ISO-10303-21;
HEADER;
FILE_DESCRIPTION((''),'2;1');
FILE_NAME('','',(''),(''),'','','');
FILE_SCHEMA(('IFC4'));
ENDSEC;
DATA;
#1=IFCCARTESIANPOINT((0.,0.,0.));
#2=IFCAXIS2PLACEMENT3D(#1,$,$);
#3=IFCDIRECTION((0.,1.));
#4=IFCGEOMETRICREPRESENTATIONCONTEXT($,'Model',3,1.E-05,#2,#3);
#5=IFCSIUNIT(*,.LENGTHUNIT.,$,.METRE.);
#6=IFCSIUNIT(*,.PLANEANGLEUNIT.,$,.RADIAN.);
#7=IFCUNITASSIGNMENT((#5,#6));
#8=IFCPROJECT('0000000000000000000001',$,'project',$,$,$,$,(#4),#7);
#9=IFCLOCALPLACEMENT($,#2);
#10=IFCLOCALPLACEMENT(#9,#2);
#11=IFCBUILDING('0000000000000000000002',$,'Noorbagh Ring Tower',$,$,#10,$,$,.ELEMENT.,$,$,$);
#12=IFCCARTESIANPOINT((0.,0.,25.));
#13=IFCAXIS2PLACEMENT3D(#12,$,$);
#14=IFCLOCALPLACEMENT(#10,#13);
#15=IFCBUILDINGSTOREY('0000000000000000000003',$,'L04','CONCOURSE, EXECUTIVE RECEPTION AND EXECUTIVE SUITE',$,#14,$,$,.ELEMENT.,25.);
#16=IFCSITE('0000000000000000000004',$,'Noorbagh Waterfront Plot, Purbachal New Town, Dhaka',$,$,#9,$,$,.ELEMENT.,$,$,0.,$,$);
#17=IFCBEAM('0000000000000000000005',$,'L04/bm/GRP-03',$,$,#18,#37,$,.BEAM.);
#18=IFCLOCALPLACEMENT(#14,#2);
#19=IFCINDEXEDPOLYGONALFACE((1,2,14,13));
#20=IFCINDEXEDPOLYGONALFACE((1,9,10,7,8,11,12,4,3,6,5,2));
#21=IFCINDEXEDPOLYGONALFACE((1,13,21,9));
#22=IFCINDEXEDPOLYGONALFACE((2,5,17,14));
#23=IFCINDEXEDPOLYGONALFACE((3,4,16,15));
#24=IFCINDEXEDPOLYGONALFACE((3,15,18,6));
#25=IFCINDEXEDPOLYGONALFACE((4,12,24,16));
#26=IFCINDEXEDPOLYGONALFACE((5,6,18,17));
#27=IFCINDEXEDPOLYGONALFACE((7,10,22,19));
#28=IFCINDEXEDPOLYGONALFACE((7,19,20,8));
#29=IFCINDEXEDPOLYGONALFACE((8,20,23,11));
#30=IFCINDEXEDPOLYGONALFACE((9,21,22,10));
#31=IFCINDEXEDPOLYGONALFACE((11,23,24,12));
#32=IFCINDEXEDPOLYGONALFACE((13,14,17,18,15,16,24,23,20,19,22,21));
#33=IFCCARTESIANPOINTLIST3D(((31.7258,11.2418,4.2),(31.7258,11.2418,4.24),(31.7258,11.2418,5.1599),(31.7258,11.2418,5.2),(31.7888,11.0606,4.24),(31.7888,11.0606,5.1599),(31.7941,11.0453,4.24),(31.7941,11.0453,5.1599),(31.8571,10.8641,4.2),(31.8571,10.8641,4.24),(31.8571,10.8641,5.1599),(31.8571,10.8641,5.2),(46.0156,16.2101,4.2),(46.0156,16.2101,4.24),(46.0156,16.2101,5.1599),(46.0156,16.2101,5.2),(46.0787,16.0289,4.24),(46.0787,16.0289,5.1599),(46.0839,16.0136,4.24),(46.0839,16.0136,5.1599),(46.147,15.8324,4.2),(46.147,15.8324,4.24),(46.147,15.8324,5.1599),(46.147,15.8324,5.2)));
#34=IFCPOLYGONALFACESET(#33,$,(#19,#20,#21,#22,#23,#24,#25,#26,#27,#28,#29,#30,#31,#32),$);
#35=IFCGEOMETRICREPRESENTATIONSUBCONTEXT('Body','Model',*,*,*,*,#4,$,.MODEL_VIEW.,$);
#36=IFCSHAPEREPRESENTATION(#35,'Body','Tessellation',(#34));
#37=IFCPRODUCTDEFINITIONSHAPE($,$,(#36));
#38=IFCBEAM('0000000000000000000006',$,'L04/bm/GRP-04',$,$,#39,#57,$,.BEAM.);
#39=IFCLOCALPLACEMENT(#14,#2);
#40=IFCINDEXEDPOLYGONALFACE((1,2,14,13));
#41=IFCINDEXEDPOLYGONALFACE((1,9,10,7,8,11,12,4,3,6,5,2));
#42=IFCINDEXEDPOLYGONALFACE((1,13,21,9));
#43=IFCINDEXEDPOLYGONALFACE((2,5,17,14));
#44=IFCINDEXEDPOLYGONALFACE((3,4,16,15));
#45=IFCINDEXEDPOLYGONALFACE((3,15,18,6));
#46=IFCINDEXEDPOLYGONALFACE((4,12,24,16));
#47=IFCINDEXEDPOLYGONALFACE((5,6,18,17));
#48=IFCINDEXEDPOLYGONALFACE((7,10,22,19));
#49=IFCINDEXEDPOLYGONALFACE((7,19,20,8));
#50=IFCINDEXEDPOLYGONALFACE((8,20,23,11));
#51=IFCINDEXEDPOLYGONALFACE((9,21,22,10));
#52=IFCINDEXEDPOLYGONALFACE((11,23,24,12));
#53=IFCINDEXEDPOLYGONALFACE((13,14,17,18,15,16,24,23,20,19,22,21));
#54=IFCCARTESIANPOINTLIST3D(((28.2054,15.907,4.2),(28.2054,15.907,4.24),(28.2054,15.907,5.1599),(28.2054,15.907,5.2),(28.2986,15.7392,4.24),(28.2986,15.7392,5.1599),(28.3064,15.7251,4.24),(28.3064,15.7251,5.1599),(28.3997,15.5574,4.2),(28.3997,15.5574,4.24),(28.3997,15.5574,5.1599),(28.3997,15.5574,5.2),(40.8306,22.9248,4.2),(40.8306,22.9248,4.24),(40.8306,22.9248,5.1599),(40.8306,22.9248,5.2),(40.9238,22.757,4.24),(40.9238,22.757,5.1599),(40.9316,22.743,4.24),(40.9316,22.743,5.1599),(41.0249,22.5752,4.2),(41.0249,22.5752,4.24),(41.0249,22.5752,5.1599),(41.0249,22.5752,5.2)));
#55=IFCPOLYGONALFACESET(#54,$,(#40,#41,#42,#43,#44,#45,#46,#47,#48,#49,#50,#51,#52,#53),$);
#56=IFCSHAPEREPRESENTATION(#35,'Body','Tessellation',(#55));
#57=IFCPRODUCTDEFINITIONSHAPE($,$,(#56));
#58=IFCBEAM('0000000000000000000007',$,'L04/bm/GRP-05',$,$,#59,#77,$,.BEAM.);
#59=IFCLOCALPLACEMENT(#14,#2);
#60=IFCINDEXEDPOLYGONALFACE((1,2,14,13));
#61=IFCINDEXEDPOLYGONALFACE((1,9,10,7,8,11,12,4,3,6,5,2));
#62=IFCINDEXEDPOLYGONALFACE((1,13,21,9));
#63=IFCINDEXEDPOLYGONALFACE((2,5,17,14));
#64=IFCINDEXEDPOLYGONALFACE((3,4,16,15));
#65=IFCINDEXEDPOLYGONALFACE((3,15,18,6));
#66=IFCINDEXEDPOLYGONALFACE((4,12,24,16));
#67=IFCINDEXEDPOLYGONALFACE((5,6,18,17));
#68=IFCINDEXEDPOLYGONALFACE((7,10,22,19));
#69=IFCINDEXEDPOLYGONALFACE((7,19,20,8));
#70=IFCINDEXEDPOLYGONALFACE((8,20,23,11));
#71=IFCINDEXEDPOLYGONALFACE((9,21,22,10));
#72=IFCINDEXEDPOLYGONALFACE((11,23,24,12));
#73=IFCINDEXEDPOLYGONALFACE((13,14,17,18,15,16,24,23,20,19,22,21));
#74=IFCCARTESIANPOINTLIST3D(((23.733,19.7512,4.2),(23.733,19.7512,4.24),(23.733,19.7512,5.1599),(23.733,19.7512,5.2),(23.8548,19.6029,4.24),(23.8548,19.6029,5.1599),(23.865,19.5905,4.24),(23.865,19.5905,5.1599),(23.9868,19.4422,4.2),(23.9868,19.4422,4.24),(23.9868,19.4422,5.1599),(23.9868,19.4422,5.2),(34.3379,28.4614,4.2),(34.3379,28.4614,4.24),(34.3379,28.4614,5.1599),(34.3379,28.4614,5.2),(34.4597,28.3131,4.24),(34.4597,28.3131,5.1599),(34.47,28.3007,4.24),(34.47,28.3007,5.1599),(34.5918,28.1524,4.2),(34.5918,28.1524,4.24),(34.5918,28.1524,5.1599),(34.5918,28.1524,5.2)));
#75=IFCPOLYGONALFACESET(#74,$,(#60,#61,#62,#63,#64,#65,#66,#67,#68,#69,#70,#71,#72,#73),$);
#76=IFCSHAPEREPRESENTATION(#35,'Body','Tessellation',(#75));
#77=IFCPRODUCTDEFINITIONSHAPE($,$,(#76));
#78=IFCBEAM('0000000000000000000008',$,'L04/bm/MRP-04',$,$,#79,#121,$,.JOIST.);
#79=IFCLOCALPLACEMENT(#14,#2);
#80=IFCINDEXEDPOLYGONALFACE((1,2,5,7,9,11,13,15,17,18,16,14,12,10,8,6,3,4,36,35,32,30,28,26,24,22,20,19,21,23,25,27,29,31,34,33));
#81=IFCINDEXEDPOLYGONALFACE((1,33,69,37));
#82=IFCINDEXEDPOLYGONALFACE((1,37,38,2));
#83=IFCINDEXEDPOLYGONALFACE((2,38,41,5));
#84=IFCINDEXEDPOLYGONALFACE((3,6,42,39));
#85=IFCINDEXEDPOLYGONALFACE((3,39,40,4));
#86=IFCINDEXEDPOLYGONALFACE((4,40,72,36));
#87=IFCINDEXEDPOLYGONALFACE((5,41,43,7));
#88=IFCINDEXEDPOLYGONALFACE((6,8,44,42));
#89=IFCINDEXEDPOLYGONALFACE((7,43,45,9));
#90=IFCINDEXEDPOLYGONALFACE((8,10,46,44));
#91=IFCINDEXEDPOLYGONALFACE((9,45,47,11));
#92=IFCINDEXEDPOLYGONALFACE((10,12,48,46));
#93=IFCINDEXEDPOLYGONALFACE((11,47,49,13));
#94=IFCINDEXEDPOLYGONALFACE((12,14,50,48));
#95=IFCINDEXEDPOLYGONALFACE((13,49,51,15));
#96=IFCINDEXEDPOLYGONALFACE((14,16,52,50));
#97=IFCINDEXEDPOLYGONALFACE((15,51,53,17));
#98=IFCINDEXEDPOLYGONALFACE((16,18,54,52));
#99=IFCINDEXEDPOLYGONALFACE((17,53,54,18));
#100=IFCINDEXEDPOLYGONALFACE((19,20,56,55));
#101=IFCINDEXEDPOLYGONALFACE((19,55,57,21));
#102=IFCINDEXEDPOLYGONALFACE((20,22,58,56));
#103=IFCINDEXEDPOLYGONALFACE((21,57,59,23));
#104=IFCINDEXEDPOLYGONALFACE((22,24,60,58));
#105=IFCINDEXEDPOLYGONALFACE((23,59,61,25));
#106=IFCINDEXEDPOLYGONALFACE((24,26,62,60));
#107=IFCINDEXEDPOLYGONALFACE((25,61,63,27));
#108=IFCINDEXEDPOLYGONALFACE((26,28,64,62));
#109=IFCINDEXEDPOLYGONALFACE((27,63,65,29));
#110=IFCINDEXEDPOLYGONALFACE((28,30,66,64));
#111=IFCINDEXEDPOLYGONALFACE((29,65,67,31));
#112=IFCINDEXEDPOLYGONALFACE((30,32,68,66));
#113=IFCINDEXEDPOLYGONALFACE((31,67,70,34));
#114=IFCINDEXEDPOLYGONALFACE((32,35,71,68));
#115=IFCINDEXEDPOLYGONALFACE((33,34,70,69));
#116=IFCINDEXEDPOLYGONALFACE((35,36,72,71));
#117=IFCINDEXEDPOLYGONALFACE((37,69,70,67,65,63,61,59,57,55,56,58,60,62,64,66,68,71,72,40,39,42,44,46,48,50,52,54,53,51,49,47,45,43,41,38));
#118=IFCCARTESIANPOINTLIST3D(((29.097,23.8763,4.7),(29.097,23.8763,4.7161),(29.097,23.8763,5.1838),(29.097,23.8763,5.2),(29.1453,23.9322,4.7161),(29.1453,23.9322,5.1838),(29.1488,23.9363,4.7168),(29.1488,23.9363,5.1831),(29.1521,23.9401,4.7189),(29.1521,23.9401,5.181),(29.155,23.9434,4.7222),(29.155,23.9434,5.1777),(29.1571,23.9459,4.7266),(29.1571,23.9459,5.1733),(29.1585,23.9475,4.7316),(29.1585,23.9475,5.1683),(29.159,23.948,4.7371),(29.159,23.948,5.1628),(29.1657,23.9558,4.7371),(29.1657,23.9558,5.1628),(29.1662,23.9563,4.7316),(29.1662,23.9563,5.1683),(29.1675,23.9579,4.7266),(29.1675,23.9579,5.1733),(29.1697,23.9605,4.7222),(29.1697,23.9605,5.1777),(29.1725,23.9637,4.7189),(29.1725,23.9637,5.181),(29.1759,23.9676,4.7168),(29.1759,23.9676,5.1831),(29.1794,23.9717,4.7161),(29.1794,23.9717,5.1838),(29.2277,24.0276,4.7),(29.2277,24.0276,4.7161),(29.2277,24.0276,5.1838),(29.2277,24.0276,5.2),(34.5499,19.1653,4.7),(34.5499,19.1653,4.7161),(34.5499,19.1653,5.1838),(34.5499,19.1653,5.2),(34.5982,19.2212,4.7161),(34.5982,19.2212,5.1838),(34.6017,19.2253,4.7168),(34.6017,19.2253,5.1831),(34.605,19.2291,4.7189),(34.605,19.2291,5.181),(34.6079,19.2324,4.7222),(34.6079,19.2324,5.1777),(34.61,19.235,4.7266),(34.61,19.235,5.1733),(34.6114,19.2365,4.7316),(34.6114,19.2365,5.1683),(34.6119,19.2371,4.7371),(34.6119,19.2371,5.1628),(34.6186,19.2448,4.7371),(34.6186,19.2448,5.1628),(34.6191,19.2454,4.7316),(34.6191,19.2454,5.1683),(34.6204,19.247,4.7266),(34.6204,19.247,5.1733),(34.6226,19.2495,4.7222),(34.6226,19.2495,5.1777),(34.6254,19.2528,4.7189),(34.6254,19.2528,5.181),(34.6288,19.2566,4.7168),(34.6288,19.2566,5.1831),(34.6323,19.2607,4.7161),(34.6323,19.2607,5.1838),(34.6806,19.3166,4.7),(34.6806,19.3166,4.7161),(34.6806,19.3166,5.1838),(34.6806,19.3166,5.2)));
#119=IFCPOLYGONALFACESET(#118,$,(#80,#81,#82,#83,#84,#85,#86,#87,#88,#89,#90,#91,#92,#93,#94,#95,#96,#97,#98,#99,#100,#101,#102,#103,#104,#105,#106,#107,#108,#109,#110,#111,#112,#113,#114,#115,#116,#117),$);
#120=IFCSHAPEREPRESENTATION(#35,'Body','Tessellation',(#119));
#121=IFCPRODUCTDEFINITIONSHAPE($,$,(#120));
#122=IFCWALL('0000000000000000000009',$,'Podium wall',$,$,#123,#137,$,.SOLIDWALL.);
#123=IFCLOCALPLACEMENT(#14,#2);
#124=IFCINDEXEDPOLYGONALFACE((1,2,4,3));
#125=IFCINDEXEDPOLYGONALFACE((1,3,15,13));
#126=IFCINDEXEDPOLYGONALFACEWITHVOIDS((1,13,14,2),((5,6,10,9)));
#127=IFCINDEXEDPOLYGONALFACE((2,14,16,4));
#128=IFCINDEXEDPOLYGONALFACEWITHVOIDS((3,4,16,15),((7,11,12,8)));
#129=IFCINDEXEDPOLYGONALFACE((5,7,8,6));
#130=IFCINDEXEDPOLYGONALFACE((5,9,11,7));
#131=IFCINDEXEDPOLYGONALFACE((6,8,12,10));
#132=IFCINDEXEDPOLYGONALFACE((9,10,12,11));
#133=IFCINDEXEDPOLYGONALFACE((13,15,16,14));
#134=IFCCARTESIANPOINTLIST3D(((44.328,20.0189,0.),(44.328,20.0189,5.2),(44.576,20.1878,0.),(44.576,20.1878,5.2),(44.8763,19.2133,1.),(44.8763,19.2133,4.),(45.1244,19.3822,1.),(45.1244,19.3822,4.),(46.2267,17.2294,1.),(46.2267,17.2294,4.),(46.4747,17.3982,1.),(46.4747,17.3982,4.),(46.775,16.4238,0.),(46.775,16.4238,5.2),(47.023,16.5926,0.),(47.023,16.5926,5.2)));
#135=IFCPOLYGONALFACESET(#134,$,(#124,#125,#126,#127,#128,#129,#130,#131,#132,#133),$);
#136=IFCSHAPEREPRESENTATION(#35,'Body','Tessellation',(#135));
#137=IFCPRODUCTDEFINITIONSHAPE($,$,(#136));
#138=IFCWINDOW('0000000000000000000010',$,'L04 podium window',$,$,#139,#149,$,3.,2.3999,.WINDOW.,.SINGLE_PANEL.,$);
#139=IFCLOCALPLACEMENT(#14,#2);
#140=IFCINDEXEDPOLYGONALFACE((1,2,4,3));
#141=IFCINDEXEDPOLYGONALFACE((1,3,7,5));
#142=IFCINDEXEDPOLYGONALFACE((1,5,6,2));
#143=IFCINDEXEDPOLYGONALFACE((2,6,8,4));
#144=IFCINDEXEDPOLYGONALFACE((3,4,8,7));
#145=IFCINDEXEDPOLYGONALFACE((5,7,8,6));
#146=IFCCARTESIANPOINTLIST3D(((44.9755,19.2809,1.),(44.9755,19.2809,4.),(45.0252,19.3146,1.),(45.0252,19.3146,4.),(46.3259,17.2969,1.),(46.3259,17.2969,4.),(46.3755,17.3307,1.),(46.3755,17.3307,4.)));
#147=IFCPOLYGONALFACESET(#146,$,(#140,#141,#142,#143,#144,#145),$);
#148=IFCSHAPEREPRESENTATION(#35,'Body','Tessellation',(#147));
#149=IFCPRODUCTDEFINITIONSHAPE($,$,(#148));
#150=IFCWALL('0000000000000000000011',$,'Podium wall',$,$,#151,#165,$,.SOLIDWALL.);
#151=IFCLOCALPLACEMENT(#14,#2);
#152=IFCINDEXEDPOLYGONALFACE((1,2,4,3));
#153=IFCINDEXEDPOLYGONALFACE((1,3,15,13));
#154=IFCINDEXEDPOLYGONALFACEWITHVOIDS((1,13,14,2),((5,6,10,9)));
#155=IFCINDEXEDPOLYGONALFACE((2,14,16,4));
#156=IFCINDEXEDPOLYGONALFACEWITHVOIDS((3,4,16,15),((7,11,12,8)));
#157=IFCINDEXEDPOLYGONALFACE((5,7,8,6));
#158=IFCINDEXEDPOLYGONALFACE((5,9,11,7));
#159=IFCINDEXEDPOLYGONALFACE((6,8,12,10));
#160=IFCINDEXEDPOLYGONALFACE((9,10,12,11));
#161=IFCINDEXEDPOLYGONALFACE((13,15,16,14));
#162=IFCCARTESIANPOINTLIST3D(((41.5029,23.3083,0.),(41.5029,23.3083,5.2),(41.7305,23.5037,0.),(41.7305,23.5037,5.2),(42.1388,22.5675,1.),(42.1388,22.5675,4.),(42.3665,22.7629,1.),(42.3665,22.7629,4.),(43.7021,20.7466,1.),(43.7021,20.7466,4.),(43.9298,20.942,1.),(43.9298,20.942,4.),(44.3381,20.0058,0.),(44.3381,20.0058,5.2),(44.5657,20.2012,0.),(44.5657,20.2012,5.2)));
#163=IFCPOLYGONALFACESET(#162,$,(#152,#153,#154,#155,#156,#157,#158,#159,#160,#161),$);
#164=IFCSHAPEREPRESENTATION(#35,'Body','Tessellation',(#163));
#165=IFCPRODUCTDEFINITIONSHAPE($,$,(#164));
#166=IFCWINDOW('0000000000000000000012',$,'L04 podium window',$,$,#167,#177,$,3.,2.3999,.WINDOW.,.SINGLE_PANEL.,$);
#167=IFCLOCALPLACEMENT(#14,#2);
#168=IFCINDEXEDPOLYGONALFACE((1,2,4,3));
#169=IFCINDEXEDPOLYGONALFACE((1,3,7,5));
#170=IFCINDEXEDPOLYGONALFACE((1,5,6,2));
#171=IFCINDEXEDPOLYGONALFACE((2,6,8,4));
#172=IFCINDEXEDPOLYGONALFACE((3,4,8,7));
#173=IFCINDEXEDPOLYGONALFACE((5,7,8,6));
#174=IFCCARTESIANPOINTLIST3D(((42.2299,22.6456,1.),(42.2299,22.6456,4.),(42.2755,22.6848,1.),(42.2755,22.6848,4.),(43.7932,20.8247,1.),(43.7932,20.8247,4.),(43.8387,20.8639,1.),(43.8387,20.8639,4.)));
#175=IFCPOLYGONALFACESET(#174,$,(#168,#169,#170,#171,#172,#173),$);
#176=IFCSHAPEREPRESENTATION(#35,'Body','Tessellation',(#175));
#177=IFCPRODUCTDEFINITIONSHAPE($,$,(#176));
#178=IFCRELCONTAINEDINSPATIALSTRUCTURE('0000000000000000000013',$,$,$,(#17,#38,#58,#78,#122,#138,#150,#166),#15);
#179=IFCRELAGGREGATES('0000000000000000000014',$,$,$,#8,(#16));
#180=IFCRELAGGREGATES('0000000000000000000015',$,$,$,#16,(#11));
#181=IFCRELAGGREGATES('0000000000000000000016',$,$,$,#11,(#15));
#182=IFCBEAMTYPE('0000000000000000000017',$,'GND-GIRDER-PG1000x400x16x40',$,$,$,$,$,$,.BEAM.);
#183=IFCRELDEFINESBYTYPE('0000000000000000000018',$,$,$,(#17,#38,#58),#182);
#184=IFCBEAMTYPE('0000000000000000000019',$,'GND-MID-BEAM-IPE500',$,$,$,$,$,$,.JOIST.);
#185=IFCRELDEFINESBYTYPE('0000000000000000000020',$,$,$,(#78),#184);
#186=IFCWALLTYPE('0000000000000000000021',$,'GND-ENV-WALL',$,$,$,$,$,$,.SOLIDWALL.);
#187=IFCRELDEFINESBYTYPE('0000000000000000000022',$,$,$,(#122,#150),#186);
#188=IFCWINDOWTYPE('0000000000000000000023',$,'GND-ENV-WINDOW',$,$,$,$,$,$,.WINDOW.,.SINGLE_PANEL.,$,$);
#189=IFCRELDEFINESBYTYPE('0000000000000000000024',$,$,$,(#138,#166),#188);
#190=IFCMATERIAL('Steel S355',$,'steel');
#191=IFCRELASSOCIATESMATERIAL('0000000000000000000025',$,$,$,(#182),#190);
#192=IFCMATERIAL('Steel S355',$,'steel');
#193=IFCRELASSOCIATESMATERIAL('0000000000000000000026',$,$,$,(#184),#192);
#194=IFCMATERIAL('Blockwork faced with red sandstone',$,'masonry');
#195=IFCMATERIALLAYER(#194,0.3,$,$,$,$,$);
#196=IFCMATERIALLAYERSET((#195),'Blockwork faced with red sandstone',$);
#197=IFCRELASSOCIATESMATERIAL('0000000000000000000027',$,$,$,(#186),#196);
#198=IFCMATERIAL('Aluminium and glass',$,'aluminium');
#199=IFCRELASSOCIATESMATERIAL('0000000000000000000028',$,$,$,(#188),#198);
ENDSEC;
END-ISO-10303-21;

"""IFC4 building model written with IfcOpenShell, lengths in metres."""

from ifc_helpers import new_model, si_unit, direction, frame, frame_2d, origin, origin_2d, place, context, subcontext, project, spatial, rectangle, i_section, extrude, material, layer, layer_set, material_profile, profile_set, type_object, element, fill, save


model = new_model("IFC4")

# Units and contexts
model_context = context("Model", 3, precision=1e-05, world=origin(), true_north=direction((0.0, 1.0)))
body_context = subcontext(model_context, "Body", "Model", "MODEL_VIEW")
ifc_project = project(units=[si_unit("LENGTHUNIT", "METRE"), si_unit("PLANEANGLEUNIT", "RADIAN")], contexts=[model_context])

# Site, building, storey
site_placement = place(None, origin())
site = spatial("IfcSite", under=ifc_project, at=site_placement, Name="Noorbagh Waterfront Plot, Purbachal New Town, Dhaka", CompositionType="ELEMENT", RefElevation=0.0)
building_placement = place(site_placement, origin())
building = spatial("IfcBuilding", under=site, at=building_placement, Name="Noorbagh Ring Tower", CompositionType="ELEMENT")
storey_placement = place(building_placement, frame((0.0, 0.0, 25.0)))
storey = spatial("IfcBuildingStorey", under=building, at=storey_placement, Name="L04", Description="CONCOURSE, EXECUTIVE RECEPTION AND EXECUTIVE SUITE", CompositionType="ELEMENT", Elevation=25.0)

# Beams
ifc_material_1 = material(Name="Steel S355", Category="steel")
ifc_material_profile_1 = material_profile(ifc_material_1, i_section(OverallWidth=0.3999, OverallDepth=1.0, WebThickness=0.0161, FlangeThickness=0.04, at=origin_2d()), Name="PG1000x400x16x40")
ifc_profile_set_1 = profile_set([ifc_material_profile_1], Name="Steel S355")
beam_type_1 = type_object("IfcBeamType", Name="GND-GIRDER-PG1000x400x16x40", PredefinedType="BEAM", material=ifc_profile_set_1)
beam_1_placement = place(storey_placement, frame((46.0813, 16.0212, 4.7), z_axis=(-0.94454, -0.328397, 0.0), x_axis=(0.328397, -0.94454, 0.0)))
element("IfcBeam", 1, at=beam_1_placement, inside=storey, type_object=beam_type_1, Name="L04/bm/GRP-03", PredefinedType="BEAM", context=body_context, shape_type="SweptSolid", body=[
    extrude(i_section(OverallWidth=0.3999, OverallDepth=1.0, WebThickness=0.0161, FlangeThickness=0.04, at=origin_2d()), origin(), (0.0, 0.0, 1.0), 15.1289),
])
beam_2_placement = place(storey_placement, frame((40.9277, 22.75, 4.7), z_axis=(-0.874046, -0.485844, 0.0), x_axis=(0.485844, -0.874046, 0.0)))
element("IfcBeam", 2, at=beam_2_placement, inside=storey, type_object=beam_type_1, Name="L04/bm/GRP-04", PredefinedType="BEAM", context=body_context, shape_type="SweptSolid", body=[
    extrude(i_section(OverallWidth=0.3999, OverallDepth=1.0, WebThickness=0.0161, FlangeThickness=0.04, at=origin_2d()), origin(), (0.0, 0.0, 1.0), 14.4446),
])
beam_3_placement = place(storey_placement, frame((34.4648, 28.3069, 4.7), z_axis=(-0.772763, -0.634695, 0.0), x_axis=(0.634695, -0.772763, 0.0)))
element("IfcBeam", 3, at=beam_3_placement, inside=storey, type_object=beam_type_1, Name="L04/bm/GRP-05", PredefinedType="BEAM", context=body_context, shape_type="SweptSolid", body=[
    extrude(i_section(OverallWidth=0.3999, OverallDepth=1.0, WebThickness=0.0161, FlangeThickness=0.04, at=origin_2d()), origin(), (0.0, 0.0, 1.0), 13.7234),
])
ifc_material_2 = material(Name="Steel S355", Category="steel")
ifc_material_profile_2 = material_profile(ifc_material_2, i_section(OverallWidth=0.2, OverallDepth=0.5, WebThickness=0.0103, FlangeThickness=0.0161, FilletRadius=0.021, at=origin_2d()), Name="IPE500")
ifc_profile_set_2 = profile_set([ifc_material_profile_2], Name="Steel S355")
beam_type_2 = type_object("IfcBeamType", Name="GND-MID-BEAM-IPE500", PredefinedType="JOIST", material=ifc_profile_set_2)
beam_4_placement = place(storey_placement, frame((34.6152, 19.241, 4.95), z_axis=(-0.756711, 0.65375, 0.0), x_axis=(-0.65375, -0.756711, 0.0)))
element("IfcBeam", 4, at=beam_4_placement, inside=storey, type_object=beam_type_2, Name="L04/bm/MRP-04", PredefinedType="JOIST", context=body_context, shape_type="SweptSolid", body=[
    extrude(i_section(OverallWidth=0.2, OverallDepth=0.5, WebThickness=0.0103, FlangeThickness=0.0161, FilletRadius=0.021, at=origin_2d()), origin(), (0.0, 0.0, 1.0), 7.2061),
])

# Walls, openings, windows
ifc_material_3 = material(Name="Blockwork faced with red sandstone", Category="masonry")
ifc_layer_1 = layer(ifc_material_3, 0.3)
ifc_layer_set_1 = layer_set([ifc_layer_1], Name="Blockwork faced with red sandstone")
wall_type_1 = type_object("IfcWallType", Name="GND-ENV-WALL", PredefinedType="SOLIDWALL", material=ifc_layer_set_1)
wall_1_placement = place(storey_placement, frame((46.8989, 16.5083, 0.0), z_axis=(0.0, 0.0, 1.0), x_axis=(-0.562668, 0.826683, 0.0)))
wall_1 = element("IfcWall", 5, at=wall_1_placement, inside=storey, type_object=wall_type_1, Name="Podium wall", PredefinedType="SOLIDWALL", context=body_context, shape_type="SweptSolid", body=[
    extrude(rectangle(XDim=4.3489, YDim=0.3, at=frame_2d((2.1743, 0.0))), origin(), (0.0, 0.0, 1.0), 5.2),
])
opening_1_placement = place(wall_1_placement, frame((0.9744, 0.0, 1.0)))
opening_1 = element("IfcOpeningElement", 6, at=opening_1_placement, cuts=wall_1, PredefinedType="OPENING", context=body_context, shape_type="SweptSolid", body=[
    extrude(rectangle(XDim=2.3999, YDim=3.0, at=frame_2d((1.2, 1.5))), frame((0.0, 0.1602, 0.0), z_axis=(0.0, -1.0, 0.0), x_axis=(1.0, 0.0, 0.0)), (0.0, 0.0, 1.0), 0.3201),
])
ifc_material_4 = material(Name="Aluminium and glass", Category="aluminium")
window_type = type_object("IfcWindowType", Name="GND-ENV-WINDOW", PartitioningType="SINGLE_PANEL", PredefinedType="WINDOW", material=ifc_material_4)
window_1_placement = place(opening_1_placement, origin())
window_1 = element("IfcWindow", 7, at=window_1_placement, inside=storey, type_object=window_type, Name="L04 podium window", OverallHeight=3.0, OverallWidth=2.3999, PartitioningType="SINGLE_PANEL", PredefinedType="WINDOW", context=body_context, shape_type="SweptSolid", body=[
    extrude(rectangle(XDim=2.3999, YDim=3.0, at=frame_2d((1.2, 1.5))), frame((0.0, 0.03, 0.0), z_axis=(0.0, -1.0, 0.0), x_axis=(1.0, 0.0, 0.0)), (0.0, 0.0, 1.0), 0.0601),
])
fill(opening_1, window_1)
wall_2_placement = place(storey_placement, frame((44.4519, 20.1035, 0.0), z_axis=(0.0, 0.0, 1.0), x_axis=(-0.651387, 0.758746, 0.0)))
wall_2 = element("IfcWall", 8, at=wall_2_placement, inside=storey, type_object=wall_type_1, Name="Podium wall", PredefinedType="SOLIDWALL", context=body_context, shape_type="SweptSolid", body=[
    extrude(rectangle(XDim=4.3525, YDim=0.3, at=frame_2d((2.1763, 0.0))), origin(), (0.0, 0.0, 1.0), 5.2),
])
opening_2_placement = place(wall_2_placement, frame((0.9763, 0.0, 1.0)))
opening_2 = element("IfcOpeningElement", 9, at=opening_2_placement, cuts=wall_2, PredefinedType="OPENING", context=body_context, shape_type="SweptSolid", body=[
    extrude(rectangle(XDim=2.3999, YDim=3.0, at=frame_2d((1.2, 1.5))), frame((0.0, 0.1602, 0.0), z_axis=(0.0, -1.0, 0.0), x_axis=(1.0, 0.0, 0.0)), (0.0, 0.0, 1.0), 0.3201),
])
window_2_placement = place(opening_2_placement, origin())
window_2 = element("IfcWindow", 10, at=window_2_placement, inside=storey, type_object=window_type, Name="L04 podium window", OverallHeight=3.0, OverallWidth=2.3999, PartitioningType="SINGLE_PANEL", PredefinedType="WINDOW", context=body_context, shape_type="SweptSolid", body=[
    extrude(rectangle(XDim=2.3999, YDim=3.0, at=frame_2d((1.2, 1.5))), frame((0.0, 0.03, 0.0), z_axis=(0.0, -1.0, 0.0), x_axis=(1.0, 0.0, 0.0)), (0.0, 0.0, 1.0), 0.0601),
])
fill(opening_2, window_2)

save(model, "model.ifc")
